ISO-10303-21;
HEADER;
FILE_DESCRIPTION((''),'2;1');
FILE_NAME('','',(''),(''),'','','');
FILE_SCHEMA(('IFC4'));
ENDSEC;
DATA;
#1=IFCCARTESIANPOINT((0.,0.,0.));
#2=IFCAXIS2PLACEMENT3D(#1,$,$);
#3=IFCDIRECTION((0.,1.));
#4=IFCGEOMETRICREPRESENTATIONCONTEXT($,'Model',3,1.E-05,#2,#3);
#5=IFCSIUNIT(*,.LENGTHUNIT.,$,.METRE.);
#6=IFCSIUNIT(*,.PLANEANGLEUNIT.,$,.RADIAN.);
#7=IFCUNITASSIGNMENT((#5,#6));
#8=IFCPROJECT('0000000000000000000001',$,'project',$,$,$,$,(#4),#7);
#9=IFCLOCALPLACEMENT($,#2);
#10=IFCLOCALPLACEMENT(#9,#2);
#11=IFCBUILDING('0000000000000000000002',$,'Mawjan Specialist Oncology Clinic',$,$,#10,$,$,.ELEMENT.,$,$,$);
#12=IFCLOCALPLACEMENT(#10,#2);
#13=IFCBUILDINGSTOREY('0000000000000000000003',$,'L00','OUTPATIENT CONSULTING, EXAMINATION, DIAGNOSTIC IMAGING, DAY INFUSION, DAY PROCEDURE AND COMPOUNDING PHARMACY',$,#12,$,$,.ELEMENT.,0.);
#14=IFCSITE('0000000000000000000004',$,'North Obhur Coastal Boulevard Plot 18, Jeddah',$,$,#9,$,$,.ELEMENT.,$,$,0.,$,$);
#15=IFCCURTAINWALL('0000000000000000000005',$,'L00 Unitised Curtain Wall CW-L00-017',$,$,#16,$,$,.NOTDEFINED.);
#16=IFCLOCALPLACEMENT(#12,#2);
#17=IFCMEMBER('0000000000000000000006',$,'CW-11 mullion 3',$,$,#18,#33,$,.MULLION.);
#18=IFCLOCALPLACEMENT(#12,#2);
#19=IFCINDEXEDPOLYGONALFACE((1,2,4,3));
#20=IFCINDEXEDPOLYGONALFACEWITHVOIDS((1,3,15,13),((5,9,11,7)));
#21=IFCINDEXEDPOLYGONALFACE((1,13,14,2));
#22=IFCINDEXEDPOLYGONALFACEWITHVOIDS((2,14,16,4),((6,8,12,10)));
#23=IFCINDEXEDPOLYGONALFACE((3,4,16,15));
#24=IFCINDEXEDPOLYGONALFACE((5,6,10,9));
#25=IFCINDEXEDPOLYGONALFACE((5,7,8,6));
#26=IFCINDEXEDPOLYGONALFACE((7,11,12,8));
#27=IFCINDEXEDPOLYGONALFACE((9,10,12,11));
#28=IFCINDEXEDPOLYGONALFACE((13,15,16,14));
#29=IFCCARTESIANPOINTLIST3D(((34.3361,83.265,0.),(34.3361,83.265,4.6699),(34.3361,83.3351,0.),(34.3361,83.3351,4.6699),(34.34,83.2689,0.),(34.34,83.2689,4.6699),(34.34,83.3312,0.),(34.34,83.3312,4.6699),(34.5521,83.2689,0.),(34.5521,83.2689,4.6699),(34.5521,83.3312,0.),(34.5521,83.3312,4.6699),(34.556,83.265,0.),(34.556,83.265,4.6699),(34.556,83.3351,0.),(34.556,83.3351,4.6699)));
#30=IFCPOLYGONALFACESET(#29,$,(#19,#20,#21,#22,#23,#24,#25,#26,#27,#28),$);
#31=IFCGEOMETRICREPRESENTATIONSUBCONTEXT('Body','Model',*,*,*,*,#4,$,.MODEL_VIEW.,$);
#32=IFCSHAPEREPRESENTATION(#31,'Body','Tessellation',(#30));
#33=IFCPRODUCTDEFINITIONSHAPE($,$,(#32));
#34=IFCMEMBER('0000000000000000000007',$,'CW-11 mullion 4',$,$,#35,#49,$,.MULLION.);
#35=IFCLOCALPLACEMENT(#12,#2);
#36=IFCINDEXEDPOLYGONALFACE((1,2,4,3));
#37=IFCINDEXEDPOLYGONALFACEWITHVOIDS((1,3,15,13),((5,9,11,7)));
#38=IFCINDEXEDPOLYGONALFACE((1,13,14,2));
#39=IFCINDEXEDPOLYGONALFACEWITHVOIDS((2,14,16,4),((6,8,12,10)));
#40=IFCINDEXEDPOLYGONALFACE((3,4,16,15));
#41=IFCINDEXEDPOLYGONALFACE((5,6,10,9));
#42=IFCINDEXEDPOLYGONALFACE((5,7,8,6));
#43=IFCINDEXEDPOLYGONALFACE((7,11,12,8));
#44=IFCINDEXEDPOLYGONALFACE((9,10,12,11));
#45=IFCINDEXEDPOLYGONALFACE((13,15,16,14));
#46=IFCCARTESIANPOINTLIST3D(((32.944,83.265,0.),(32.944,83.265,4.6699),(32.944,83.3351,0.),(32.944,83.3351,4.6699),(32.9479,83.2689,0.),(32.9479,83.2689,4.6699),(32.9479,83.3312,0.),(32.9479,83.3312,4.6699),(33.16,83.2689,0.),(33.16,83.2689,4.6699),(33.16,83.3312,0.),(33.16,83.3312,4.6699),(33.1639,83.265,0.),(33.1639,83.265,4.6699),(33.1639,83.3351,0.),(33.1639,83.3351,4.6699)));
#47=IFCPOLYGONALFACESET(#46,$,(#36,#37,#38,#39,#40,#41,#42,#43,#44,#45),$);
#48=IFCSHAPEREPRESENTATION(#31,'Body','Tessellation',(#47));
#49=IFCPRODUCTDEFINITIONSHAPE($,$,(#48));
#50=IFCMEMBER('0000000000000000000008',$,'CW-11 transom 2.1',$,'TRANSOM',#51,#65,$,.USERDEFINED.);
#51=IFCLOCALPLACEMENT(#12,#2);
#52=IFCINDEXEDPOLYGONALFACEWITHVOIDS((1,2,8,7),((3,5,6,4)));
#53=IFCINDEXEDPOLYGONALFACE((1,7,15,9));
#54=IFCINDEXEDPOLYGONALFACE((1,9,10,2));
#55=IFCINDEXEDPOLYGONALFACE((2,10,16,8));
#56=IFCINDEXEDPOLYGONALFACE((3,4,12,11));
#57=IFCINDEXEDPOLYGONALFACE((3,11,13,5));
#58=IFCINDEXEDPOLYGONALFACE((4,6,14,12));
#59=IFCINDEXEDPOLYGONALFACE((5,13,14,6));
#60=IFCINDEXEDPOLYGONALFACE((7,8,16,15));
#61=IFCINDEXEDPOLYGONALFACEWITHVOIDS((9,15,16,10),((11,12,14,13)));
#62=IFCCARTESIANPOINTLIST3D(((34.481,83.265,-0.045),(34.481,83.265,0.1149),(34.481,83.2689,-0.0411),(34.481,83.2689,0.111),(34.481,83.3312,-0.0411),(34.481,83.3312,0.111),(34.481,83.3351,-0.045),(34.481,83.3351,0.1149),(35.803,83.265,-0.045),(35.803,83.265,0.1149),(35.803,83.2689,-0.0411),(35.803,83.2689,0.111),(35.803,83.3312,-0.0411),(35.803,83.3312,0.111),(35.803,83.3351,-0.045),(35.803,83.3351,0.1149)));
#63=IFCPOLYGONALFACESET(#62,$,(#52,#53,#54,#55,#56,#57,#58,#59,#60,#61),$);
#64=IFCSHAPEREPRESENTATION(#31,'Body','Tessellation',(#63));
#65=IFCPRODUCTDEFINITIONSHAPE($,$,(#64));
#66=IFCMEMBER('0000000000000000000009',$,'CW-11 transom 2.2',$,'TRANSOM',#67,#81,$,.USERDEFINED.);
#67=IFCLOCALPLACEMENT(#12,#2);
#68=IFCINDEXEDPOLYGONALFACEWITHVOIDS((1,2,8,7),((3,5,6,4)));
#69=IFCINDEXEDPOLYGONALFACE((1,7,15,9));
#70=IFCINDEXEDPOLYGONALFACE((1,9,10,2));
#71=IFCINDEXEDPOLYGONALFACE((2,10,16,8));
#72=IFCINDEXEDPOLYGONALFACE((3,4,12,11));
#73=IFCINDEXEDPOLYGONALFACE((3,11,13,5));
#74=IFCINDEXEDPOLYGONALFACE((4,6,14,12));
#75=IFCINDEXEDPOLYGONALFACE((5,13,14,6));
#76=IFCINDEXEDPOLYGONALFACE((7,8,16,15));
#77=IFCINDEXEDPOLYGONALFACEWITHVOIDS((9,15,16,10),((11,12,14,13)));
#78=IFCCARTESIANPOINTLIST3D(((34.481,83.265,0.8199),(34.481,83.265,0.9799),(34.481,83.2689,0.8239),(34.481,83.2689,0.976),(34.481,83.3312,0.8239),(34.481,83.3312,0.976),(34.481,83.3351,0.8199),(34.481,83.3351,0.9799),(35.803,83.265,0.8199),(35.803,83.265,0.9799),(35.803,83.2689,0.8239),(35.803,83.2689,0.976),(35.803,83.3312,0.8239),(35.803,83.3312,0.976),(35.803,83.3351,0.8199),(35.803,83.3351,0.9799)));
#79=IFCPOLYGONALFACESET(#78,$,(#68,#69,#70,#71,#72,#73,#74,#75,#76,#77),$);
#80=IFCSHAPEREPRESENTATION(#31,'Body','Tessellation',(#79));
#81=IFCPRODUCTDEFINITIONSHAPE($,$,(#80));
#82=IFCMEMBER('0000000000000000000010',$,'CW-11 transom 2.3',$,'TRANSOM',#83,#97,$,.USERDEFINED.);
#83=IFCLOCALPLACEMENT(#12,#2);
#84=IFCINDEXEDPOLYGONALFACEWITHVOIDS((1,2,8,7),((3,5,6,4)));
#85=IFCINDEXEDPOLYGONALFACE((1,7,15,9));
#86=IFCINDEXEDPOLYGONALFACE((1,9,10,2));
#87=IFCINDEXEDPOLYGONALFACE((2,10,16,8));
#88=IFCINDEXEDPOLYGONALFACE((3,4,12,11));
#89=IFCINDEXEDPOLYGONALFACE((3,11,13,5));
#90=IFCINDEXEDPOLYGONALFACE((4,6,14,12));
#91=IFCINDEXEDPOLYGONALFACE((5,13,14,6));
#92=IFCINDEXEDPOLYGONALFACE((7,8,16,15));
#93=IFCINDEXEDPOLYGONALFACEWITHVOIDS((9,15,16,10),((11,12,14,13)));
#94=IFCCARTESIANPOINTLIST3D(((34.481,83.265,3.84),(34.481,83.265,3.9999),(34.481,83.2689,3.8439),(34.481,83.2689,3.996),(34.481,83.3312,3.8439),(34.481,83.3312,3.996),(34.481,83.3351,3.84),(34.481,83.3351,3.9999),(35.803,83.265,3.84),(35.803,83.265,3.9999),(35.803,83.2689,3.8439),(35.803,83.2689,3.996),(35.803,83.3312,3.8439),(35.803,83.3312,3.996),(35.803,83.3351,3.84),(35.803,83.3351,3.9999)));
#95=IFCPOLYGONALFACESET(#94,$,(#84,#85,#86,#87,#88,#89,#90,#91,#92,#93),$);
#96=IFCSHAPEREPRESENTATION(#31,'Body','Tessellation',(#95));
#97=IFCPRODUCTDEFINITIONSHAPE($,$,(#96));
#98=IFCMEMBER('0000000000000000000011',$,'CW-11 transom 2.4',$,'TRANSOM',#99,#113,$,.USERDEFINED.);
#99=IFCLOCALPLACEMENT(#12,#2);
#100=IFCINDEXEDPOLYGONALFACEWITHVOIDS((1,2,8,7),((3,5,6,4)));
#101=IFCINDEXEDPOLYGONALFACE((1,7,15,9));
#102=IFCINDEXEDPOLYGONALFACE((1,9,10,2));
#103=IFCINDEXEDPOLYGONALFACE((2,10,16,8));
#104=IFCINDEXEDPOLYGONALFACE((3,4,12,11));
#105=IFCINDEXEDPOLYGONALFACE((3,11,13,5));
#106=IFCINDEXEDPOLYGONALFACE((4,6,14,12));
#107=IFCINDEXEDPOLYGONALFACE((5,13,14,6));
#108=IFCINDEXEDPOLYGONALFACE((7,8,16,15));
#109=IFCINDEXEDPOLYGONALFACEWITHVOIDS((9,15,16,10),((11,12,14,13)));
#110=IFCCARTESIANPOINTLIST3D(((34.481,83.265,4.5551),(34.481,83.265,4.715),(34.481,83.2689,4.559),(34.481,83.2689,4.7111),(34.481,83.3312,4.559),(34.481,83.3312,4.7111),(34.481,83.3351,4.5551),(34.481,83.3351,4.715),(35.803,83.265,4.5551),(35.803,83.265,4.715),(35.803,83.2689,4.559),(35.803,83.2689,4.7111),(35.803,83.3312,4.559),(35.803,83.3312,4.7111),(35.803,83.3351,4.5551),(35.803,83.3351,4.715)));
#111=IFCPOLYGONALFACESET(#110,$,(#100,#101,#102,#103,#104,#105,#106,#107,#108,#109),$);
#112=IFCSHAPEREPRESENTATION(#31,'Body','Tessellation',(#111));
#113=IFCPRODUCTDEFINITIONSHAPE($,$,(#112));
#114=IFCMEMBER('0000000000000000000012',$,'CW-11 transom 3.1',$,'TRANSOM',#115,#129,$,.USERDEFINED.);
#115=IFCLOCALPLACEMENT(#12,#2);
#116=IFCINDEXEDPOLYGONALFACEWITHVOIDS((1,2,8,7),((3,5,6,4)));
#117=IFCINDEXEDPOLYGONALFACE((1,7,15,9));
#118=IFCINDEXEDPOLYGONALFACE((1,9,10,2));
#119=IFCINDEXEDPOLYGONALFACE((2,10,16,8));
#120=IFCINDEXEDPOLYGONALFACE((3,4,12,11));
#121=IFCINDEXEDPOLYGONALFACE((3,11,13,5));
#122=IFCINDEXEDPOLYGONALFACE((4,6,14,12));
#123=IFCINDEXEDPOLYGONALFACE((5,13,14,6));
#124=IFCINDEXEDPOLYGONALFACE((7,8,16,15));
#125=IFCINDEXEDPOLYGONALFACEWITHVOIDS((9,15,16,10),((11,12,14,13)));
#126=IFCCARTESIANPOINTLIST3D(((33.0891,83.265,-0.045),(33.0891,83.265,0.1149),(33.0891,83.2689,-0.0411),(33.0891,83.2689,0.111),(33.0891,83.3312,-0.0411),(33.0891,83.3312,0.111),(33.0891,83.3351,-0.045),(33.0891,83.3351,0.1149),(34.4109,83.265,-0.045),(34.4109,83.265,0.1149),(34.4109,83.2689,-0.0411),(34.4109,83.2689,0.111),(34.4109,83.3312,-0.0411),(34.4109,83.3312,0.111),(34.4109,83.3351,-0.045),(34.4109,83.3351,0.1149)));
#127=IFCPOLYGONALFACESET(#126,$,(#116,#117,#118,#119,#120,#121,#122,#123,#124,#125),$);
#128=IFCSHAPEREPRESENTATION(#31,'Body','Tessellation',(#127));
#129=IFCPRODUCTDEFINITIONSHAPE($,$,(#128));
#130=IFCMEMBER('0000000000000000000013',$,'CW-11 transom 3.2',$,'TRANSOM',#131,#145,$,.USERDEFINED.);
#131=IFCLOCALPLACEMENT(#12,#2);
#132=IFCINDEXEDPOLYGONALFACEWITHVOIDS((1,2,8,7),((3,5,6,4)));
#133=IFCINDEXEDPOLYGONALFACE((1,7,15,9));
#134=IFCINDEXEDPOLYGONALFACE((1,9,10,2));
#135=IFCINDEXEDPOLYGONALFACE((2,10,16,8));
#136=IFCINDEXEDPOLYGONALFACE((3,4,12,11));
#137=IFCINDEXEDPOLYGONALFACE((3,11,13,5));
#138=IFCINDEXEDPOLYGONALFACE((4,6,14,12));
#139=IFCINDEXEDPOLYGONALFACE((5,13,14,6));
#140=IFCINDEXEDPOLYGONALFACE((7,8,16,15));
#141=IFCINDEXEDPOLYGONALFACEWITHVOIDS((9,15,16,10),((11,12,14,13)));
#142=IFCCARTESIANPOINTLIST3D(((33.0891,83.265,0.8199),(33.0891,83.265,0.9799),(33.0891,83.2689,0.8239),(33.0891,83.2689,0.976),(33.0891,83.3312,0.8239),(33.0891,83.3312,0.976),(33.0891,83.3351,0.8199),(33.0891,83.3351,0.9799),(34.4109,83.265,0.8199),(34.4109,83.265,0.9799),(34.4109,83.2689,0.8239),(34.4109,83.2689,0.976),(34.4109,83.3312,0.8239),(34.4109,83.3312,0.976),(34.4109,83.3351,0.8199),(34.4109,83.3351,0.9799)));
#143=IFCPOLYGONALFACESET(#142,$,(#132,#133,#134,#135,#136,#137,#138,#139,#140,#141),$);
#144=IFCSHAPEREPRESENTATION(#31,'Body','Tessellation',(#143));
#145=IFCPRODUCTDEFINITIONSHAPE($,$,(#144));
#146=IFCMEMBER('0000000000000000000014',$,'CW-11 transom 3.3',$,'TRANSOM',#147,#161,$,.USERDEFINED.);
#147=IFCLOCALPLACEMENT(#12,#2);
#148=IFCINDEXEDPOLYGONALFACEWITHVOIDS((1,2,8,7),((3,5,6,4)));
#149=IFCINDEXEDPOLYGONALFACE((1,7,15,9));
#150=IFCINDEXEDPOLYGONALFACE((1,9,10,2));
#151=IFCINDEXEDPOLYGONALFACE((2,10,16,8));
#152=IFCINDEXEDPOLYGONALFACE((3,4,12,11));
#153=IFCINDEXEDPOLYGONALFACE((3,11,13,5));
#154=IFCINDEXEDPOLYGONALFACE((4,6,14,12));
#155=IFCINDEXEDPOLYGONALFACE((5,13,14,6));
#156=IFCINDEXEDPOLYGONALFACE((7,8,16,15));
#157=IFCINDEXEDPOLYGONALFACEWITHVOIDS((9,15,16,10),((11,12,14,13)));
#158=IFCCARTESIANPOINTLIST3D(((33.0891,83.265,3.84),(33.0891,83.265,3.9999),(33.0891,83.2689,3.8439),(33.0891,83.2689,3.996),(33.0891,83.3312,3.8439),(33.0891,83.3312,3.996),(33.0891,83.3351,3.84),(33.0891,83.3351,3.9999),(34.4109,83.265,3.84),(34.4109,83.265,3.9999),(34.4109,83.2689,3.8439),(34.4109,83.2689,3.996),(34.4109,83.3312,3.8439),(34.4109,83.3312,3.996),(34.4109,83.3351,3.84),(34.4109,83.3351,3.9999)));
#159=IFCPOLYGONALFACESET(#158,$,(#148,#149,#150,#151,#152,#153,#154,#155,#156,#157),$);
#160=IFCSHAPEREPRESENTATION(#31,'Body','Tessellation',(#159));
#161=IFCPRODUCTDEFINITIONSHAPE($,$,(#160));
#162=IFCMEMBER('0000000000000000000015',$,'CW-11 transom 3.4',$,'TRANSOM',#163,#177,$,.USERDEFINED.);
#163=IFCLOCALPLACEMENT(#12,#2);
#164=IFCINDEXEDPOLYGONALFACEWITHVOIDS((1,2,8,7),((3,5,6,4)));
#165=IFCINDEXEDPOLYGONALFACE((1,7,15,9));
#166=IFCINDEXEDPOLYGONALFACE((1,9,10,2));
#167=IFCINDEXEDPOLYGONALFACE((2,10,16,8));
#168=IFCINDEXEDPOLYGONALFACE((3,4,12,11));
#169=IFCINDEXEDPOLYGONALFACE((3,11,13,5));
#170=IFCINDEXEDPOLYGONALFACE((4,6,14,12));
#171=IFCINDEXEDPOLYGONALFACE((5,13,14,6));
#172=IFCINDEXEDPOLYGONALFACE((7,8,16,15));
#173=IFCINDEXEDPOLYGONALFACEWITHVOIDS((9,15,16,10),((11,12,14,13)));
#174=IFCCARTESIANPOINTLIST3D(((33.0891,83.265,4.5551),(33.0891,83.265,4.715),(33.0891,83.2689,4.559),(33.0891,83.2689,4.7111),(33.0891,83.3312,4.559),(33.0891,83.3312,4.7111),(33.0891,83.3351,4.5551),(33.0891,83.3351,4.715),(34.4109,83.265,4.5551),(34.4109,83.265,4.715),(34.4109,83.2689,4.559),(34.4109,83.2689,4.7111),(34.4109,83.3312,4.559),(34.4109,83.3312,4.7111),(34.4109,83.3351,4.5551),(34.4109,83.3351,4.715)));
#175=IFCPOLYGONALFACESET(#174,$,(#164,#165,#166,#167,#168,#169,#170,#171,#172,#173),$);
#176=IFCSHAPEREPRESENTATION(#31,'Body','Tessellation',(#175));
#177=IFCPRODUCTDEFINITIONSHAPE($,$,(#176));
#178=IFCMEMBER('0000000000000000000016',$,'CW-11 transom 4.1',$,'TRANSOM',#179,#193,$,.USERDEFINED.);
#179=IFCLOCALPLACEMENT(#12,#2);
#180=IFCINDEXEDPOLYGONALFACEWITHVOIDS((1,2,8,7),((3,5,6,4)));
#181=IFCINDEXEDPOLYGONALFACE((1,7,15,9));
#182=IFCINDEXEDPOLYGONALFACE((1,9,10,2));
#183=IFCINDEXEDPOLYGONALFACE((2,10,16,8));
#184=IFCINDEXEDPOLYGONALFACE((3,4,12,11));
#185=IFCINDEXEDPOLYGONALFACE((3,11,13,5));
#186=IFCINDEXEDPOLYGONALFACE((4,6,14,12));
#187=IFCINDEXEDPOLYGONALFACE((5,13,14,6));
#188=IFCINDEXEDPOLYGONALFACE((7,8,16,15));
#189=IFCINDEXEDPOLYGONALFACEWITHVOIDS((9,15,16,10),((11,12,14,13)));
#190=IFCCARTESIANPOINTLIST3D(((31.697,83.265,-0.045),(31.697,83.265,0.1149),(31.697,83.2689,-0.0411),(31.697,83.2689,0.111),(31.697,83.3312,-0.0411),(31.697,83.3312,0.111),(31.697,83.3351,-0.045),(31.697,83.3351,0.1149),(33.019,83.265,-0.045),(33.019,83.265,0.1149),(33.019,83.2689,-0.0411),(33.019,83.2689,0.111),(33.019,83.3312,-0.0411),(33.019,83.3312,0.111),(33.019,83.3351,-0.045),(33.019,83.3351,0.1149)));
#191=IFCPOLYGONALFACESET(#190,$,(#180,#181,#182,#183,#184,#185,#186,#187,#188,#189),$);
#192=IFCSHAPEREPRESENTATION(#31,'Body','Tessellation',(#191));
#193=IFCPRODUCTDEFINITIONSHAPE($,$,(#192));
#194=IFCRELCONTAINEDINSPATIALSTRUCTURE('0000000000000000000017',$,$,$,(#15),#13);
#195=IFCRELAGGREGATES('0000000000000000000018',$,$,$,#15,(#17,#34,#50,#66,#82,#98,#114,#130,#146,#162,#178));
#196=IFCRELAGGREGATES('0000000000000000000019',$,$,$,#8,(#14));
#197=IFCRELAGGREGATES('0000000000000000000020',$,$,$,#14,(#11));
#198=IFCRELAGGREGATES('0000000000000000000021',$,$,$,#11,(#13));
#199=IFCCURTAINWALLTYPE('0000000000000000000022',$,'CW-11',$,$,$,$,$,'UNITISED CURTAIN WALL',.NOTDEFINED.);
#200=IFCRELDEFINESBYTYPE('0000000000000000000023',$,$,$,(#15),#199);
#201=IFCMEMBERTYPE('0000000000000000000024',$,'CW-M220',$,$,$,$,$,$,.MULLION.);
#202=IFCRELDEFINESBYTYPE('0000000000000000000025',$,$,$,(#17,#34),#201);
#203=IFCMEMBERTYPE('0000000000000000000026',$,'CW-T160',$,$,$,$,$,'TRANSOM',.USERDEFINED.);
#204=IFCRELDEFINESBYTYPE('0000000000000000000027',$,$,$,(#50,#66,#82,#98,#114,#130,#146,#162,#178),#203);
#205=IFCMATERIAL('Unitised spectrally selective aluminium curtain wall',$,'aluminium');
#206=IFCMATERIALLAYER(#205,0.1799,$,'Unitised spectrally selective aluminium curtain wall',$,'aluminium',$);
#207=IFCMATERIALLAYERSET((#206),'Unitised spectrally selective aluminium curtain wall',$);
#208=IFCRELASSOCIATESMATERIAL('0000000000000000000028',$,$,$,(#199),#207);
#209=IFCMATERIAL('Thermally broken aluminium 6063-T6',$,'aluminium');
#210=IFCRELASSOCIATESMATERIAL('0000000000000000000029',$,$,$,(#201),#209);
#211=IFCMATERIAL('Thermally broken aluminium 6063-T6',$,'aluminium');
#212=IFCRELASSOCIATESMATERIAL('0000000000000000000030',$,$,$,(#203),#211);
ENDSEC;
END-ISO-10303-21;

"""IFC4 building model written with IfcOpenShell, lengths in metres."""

from ifc_helpers import new_model, si_unit, direction, frame, origin, origin_2d, place, context, subcontext, project, spatial, hollow_rectangle, extrude, material, layer, layer_set, material_profile, profile_set, type_object, element, aggregate, save


model = new_model("IFC4")

# Units and contexts
model_context = context("Model", 3, precision=1e-05, world=origin(), true_north=direction((0.0, 1.0)))
body_context = subcontext(model_context, "Body", "Model", "MODEL_VIEW")
ifc_project = project(units=[si_unit("LENGTHUNIT", "METRE"), si_unit("PLANEANGLEUNIT", "RADIAN")], contexts=[model_context])

# Site, building, storey
site_placement = place(None, origin())
site = spatial("IfcSite", under=ifc_project, at=site_placement, Name="North Obhur Coastal Boulevard Plot 18, Jeddah", CompositionType="ELEMENT", RefElevation=0.0)
building_placement = place(site_placement, origin())
building = spatial("IfcBuilding", under=site, at=building_placement, Name="Mawjan Specialist Oncology Clinic", CompositionType="ELEMENT")
storey_placement = place(building_placement, origin())
storey = spatial("IfcBuildingStorey", under=building, at=storey_placement, Name="L00", Description="OUTPATIENT CONSULTING, EXAMINATION, DIAGNOSTIC IMAGING, DAY INFUSION, DAY PROCEDURE AND COMPOUNDING PHARMACY", CompositionType="ELEMENT", Elevation=0.0)

# Curtain wall, members
ifc_material_1 = material(Name="Unitised spectrally selective aluminium curtain wall", Category="aluminium")
ifc_layer_1 = layer(ifc_material_1, 0.1799, Name="Unitised spectrally selective aluminium curtain wall", Category="aluminium")
ifc_layer_set_1 = layer_set([ifc_layer_1], Name="Unitised spectrally selective aluminium curtain wall")
curtain_wall_type = type_object("IfcCurtainWallType", Name="CW-11", ElementType="UNITISED CURTAIN WALL", PredefinedType="NOTDEFINED", material=ifc_layer_set_1)
curtain_wall_placement = place(storey_placement, origin())
curtain_wall = element("IfcCurtainWall", 1, at=curtain_wall_placement, inside=storey, type_object=curtain_wall_type, Name="L00 Unitised Curtain Wall CW-L00-017", PredefinedType="NOTDEFINED")
ifc_material_2 = material(Name="Thermally broken aluminium 6063-T6", Category="aluminium")
ifc_material_profile_1 = material_profile(ifc_material_2, hollow_rectangle(XDim=0.0701, YDim=0.22, WallThickness=0.0039, at=origin_2d()), Name="ALU MULLION 220x70x4", Category="aluminium")
ifc_profile_set_1 = profile_set([ifc_material_profile_1], Name="Thermally broken aluminium 6063-T6")
member_type_1 = type_object("IfcMemberType", Name="CW-M220", PredefinedType="MULLION", material=ifc_profile_set_1)
member_1_placement = place(storey_placement, frame((34.446, 83.3, 0.0), z_axis=(0.0, 0.0, 1.0), x_axis=(0.0, -1.0, 0.0)))
member_1 = element("IfcMember", 2, at=member_1_placement, type_object=member_type_1, Name="CW-11 mullion 3", PredefinedType="MULLION", context=body_context, shape_type="SweptSolid", body=[
    extrude(hollow_rectangle(XDim=0.0701, YDim=0.22, WallThickness=0.0039, at=origin_2d()), origin(), (0.0, 0.0, 1.0), 4.6699),
])
member_2_placement = place(storey_placement, frame((33.054, 83.3, 0.0), z_axis=(0.0, 0.0, 1.0), x_axis=(0.0, -1.0, 0.0)))
member_2 = element("IfcMember", 3, at=member_2_placement, type_object=member_type_1, Name="CW-11 mullion 4", PredefinedType="MULLION", context=body_context, shape_type="SweptSolid", body=[
    extrude(hollow_rectangle(XDim=0.0701, YDim=0.22, WallThickness=0.0039, at=origin_2d()), origin(), (0.0, 0.0, 1.0), 4.6699),
])
ifc_material_3 = material(Name="Thermally broken aluminium 6063-T6", Category="aluminium")
ifc_material_profile_2 = material_profile(ifc_material_3, hollow_rectangle(XDim=0.0701, YDim=0.1599, WallThickness=0.0039, at=origin_2d()), Name="ALU TRANSOM 160x70x4", Category="aluminium")
ifc_profile_set_2 = profile_set([ifc_material_profile_2], Name="Thermally broken aluminium 6063-T6")
member_type_2 = type_object("IfcMemberType", Name="CW-T160", ElementType="TRANSOM", PredefinedType="USERDEFINED", material=ifc_profile_set_2)
member_3_placement = place(storey_placement, frame((35.803, 83.3, 0.0349), z_axis=(-1.0, 0.0, 0.0), x_axis=(0.0, -1.0, 0.0)))
member_3 = element("IfcMember", 4, at=member_3_placement, type_object=member_type_2, Name="CW-11 transom 2.1", ObjectType="TRANSOM", PredefinedType="USERDEFINED", context=body_context, shape_type="SweptSolid", body=[
    extrude(hollow_rectangle(XDim=0.0701, YDim=0.1599, WallThickness=0.0039, at=origin_2d()), origin(), (0.0, 0.0, 1.0), 1.322),
])
member_4_placement = place(storey_placement, frame((35.803, 83.3, 0.8999), z_axis=(-1.0, 0.0, 0.0), x_axis=(0.0, -1.0, 0.0)))
member_4 = element("IfcMember", 5, at=member_4_placement, type_object=member_type_2, Name="CW-11 transom 2.2", ObjectType="TRANSOM", PredefinedType="USERDEFINED", context=body_context, shape_type="SweptSolid", body=[
    extrude(hollow_rectangle(XDim=0.0701, YDim=0.1599, WallThickness=0.0039, at=origin_2d()), origin(), (0.0, 0.0, 1.0), 1.322),
])
member_5_placement = place(storey_placement, frame((35.803, 83.3, 3.9199), z_axis=(-1.0, 0.0, 0.0), x_axis=(0.0, -1.0, 0.0)))
member_5 = element("IfcMember", 6, at=member_5_placement, type_object=member_type_2, Name="CW-11 transom 2.3", ObjectType="TRANSOM", PredefinedType="USERDEFINED", context=body_context, shape_type="SweptSolid", body=[
    extrude(hollow_rectangle(XDim=0.0701, YDim=0.1599, WallThickness=0.0039, at=origin_2d()), origin(), (0.0, 0.0, 1.0), 1.322),
])
member_6_placement = place(storey_placement, frame((35.803, 83.3, 4.635), z_axis=(-1.0, 0.0, 0.0), x_axis=(0.0, -1.0, 0.0)))
member_6 = element("IfcMember", 7, at=member_6_placement, type_object=member_type_2, Name="CW-11 transom 2.4", ObjectType="TRANSOM", PredefinedType="USERDEFINED", context=body_context, shape_type="SweptSolid", body=[
    extrude(hollow_rectangle(XDim=0.0701, YDim=0.1599, WallThickness=0.0039, at=origin_2d()), origin(), (0.0, 0.0, 1.0), 1.322),
])
member_7_placement = place(storey_placement, frame((34.4109, 83.3, 0.0349), z_axis=(-1.0, 0.0, 0.0), x_axis=(0.0, -1.0, 0.0)))
member_7 = element("IfcMember", 8, at=member_7_placement, type_object=member_type_2, Name="CW-11 transom 3.1", ObjectType="TRANSOM", PredefinedType="USERDEFINED", context=body_context, shape_type="SweptSolid", body=[
    extrude(hollow_rectangle(XDim=0.0701, YDim=0.1599, WallThickness=0.0039, at=origin_2d()), origin(), (0.0, 0.0, 1.0), 1.3218),
])
member_8_placement = place(storey_placement, frame((34.4109, 83.3, 0.8999), z_axis=(-1.0, 0.0, 0.0), x_axis=(0.0, -1.0, 0.0)))
member_8 = element("IfcMember", 9, at=member_8_placement, type_object=member_type_2, Name="CW-11 transom 3.2", ObjectType="TRANSOM", PredefinedType="USERDEFINED", context=body_context, shape_type="SweptSolid", body=[
    extrude(hollow_rectangle(XDim=0.0701, YDim=0.1599, WallThickness=0.0039, at=origin_2d()), origin(), (0.0, 0.0, 1.0), 1.3218),
])
member_9_placement = place(storey_placement, frame((34.4109, 83.3, 3.9199), z_axis=(-1.0, 0.0, 0.0), x_axis=(0.0, -1.0, 0.0)))
member_9 = element("IfcMember", 10, at=member_9_placement, type_object=member_type_2, Name="CW-11 transom 3.3", ObjectType="TRANSOM", PredefinedType="USERDEFINED", context=body_context, shape_type="SweptSolid", body=[
    extrude(hollow_rectangle(XDim=0.0701, YDim=0.1599, WallThickness=0.0039, at=origin_2d()), origin(), (0.0, 0.0, 1.0), 1.3218),
])
member_10_placement = place(storey_placement, frame((34.4109, 83.3, 4.635), z_axis=(-1.0, 0.0, 0.0), x_axis=(0.0, -1.0, 0.0)))
member_10 = element("IfcMember", 11, at=member_10_placement, type_object=member_type_2, Name="CW-11 transom 3.4", ObjectType="TRANSOM", PredefinedType="USERDEFINED", context=body_context, shape_type="SweptSolid", body=[
    extrude(hollow_rectangle(XDim=0.0701, YDim=0.1599, WallThickness=0.0039, at=origin_2d()), origin(), (0.0, 0.0, 1.0), 1.3218),
])
member_11_placement = place(storey_placement, frame((33.019, 83.3, 0.0349), z_axis=(-1.0, 0.0, 0.0), x_axis=(0.0, -1.0, 0.0)))
member_11 = element("IfcMember", 12, at=member_11_placement, type_object=member_type_2, Name="CW-11 transom 4.1", ObjectType="TRANSOM", PredefinedType="USERDEFINED", context=body_context, shape_type="SweptSolid", body=[
    extrude(hollow_rectangle(XDim=0.0701, YDim=0.1599, WallThickness=0.0039, at=origin_2d()), origin(), (0.0, 0.0, 1.0), 1.322),
])
aggregate(curtain_wall, [member_1, member_2, member_3, member_4, member_5, member_6, member_7, member_8, member_9, member_10, member_11])

save(model, "model.ifc")
